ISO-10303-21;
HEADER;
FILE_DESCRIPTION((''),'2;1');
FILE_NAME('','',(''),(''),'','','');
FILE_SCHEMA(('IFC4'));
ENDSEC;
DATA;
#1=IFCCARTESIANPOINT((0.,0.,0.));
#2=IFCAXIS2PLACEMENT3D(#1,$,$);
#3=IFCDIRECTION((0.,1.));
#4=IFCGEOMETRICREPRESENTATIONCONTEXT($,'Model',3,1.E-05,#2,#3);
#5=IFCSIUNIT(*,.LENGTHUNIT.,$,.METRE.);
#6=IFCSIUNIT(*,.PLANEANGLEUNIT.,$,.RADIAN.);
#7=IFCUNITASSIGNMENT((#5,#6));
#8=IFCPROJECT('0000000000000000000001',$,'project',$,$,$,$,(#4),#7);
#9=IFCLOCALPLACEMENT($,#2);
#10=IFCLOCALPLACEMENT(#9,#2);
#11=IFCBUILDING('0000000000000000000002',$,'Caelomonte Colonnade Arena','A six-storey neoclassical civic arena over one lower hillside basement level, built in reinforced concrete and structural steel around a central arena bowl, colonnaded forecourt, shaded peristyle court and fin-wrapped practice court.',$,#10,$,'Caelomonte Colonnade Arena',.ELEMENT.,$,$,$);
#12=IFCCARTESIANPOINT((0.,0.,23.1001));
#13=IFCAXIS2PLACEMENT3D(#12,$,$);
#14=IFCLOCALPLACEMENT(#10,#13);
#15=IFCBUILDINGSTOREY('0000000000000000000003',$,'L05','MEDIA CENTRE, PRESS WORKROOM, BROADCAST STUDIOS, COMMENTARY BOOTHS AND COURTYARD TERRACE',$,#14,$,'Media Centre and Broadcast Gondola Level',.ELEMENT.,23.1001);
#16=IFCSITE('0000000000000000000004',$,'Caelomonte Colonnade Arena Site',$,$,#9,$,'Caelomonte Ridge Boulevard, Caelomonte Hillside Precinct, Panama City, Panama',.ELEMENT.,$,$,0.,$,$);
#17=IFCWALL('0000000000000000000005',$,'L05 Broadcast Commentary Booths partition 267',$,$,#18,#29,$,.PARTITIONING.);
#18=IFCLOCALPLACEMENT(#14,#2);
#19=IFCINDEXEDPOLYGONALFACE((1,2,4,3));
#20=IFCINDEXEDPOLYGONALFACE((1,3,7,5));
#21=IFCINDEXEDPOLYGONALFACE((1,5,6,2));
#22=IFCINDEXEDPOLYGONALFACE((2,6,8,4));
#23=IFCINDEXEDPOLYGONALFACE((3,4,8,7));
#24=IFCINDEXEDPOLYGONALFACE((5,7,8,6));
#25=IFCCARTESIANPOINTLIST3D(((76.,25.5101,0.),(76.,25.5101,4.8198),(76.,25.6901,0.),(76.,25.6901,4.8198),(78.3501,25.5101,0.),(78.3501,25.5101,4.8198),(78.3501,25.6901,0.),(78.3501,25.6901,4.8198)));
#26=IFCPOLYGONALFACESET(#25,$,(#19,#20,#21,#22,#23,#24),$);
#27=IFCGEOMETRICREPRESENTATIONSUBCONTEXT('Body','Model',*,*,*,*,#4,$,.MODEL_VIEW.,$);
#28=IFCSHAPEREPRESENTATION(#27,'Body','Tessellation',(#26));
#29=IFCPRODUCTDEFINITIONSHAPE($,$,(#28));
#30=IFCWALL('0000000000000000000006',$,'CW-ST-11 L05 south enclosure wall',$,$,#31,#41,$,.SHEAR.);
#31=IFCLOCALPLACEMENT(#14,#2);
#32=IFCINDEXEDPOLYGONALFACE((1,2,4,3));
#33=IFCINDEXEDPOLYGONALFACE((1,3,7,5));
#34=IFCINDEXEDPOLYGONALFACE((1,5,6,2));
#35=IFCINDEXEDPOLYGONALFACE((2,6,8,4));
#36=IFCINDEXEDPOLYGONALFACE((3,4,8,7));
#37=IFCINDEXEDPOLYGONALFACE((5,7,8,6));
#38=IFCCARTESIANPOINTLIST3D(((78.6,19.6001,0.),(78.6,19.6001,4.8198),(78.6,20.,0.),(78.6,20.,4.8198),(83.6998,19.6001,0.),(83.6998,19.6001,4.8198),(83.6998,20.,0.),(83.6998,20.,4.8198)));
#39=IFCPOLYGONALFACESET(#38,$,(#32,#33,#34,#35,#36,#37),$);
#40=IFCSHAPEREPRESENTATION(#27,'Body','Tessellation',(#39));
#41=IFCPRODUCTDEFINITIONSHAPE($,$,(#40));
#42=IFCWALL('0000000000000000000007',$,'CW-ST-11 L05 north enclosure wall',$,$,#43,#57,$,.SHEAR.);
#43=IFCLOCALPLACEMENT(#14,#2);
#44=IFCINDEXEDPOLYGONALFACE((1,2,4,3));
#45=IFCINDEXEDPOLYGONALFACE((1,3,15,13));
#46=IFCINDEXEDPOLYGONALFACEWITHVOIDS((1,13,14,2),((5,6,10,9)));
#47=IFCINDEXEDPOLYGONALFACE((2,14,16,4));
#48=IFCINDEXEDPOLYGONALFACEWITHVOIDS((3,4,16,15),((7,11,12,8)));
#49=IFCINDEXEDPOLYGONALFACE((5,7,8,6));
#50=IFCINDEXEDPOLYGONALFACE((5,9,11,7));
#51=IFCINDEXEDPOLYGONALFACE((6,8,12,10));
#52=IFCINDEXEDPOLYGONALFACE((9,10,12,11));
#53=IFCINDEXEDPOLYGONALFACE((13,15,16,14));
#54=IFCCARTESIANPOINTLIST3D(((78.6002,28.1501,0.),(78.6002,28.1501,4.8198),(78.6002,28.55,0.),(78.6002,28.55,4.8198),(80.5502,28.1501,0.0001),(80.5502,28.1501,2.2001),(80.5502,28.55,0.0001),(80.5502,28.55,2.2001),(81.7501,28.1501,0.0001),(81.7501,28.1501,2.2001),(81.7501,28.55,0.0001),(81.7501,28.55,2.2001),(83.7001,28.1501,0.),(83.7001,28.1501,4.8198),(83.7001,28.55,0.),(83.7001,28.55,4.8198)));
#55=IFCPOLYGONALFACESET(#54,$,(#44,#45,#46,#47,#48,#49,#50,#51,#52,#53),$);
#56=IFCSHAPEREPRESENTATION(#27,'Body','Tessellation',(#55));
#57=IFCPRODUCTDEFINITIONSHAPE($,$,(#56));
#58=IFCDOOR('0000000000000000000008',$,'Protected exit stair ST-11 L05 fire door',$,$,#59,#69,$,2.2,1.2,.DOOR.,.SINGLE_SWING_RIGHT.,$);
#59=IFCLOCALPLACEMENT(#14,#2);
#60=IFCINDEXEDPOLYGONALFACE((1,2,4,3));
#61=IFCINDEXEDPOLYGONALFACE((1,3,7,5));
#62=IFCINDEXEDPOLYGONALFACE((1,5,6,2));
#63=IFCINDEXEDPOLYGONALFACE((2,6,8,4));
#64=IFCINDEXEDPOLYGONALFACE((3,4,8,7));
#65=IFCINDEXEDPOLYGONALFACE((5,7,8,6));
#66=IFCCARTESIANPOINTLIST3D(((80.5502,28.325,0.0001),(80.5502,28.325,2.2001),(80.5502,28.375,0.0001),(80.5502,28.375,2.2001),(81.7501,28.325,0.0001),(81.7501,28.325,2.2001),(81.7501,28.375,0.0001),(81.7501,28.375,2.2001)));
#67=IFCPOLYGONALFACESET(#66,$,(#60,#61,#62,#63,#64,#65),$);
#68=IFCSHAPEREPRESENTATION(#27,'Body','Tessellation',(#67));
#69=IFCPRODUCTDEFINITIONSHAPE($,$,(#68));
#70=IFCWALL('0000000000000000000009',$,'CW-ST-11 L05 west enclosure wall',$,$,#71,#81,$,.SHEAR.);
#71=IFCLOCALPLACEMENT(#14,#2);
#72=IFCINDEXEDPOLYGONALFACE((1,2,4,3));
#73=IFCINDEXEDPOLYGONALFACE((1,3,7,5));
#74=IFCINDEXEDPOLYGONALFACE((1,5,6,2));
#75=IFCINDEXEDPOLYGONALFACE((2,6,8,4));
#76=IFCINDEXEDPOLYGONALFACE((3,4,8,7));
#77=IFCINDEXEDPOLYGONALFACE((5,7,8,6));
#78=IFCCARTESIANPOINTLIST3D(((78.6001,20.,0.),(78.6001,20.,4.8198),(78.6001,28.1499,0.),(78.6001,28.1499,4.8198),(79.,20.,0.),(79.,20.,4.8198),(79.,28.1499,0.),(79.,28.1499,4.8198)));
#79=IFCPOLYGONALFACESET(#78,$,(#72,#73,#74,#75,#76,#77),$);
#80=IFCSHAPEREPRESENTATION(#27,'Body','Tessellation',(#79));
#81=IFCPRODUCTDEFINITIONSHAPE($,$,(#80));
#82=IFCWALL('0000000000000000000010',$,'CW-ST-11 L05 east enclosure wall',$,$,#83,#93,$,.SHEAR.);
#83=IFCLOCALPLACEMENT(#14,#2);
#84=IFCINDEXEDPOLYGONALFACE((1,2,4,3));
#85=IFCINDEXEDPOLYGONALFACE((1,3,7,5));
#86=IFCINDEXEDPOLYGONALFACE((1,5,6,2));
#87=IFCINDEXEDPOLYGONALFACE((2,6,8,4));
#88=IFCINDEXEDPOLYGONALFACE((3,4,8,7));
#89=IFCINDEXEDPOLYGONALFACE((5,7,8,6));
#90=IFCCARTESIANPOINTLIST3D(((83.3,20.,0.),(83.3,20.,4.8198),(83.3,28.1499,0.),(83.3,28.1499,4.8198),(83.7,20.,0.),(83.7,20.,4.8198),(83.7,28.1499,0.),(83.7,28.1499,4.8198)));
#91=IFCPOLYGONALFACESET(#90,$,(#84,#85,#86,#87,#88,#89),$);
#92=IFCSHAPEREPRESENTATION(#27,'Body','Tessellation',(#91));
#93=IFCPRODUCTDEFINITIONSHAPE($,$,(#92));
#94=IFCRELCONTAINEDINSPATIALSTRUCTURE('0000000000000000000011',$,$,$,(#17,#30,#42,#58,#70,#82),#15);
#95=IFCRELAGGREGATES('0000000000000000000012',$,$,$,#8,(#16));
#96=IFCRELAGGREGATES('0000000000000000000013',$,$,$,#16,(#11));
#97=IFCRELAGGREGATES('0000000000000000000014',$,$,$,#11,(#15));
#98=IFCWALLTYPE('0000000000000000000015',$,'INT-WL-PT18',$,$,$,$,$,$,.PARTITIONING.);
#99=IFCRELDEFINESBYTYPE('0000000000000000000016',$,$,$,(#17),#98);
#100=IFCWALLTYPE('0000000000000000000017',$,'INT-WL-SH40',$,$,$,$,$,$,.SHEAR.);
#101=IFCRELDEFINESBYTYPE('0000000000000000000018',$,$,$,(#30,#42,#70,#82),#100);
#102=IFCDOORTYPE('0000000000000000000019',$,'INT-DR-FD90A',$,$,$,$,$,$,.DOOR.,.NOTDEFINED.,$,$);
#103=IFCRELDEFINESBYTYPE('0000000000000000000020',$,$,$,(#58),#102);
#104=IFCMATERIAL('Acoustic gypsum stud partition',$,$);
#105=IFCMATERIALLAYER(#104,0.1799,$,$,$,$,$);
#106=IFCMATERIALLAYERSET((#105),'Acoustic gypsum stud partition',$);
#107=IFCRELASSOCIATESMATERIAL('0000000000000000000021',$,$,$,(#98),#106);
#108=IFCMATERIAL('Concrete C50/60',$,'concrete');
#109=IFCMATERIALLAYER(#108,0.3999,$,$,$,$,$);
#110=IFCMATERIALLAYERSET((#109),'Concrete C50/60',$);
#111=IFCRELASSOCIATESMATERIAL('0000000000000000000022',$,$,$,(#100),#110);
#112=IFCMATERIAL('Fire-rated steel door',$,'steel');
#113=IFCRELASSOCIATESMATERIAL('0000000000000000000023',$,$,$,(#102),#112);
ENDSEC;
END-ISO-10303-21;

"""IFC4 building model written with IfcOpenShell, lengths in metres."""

from ifc_helpers import new_model, si_unit, direction, frame, frame_2d, origin, place, context, subcontext, project, spatial, rectangle, extrude, material, layer, layer_set, type_object, element, fill, save


model = new_model("IFC4")

# Units and contexts
model_context = context("Model", 3, precision=1e-05, world=origin(), true_north=direction((0.0, 1.0)))
body_context = subcontext(model_context, "Body", "Model", "MODEL_VIEW")
ifc_project = project(units=[si_unit("LENGTHUNIT", "METRE"), si_unit("PLANEANGLEUNIT", "RADIAN")], contexts=[model_context])

# Site, building, storey
site_placement = place(None, origin())
site = spatial("IfcSite", under=ifc_project, at=site_placement, Name="Caelomonte Colonnade Arena Site", LongName="Caelomonte Ridge Boulevard, Caelomonte Hillside Precinct, Panama City, Panama", CompositionType="ELEMENT", RefElevation=0.0)
building_placement = place(site_placement, origin())
building = spatial("IfcBuilding", under=site, at=building_placement, Name="Caelomonte Colonnade Arena", Description="A six-storey neoclassical civic arena over one lower hillside basement level, built in reinforced concrete and structural steel around a central arena bowl, colonnaded forecourt, shaded peristyle court and fin-wrapped practice court.", LongName="Caelomonte Colonnade Arena", CompositionType="ELEMENT")
storey_placement = place(building_placement, frame((0.0, 0.0, 23.1001)))
storey = spatial("IfcBuildingStorey", under=building, at=storey_placement, Name="L05", Description="MEDIA CENTRE, PRESS WORKROOM, BROADCAST STUDIOS, COMMENTARY BOOTHS AND COURTYARD TERRACE", LongName="Media Centre and Broadcast Gondola Level", CompositionType="ELEMENT", Elevation=23.1001)

# Walls
ifc_material_1 = material(Name="Acoustic gypsum stud partition")
ifc_layer_1 = layer(ifc_material_1, 0.1799)
ifc_layer_set_1 = layer_set([ifc_layer_1], Name="Acoustic gypsum stud partition")
wall_type_1 = type_object("IfcWallType", Name="INT-WL-PT18", PredefinedType="PARTITIONING", material=ifc_layer_set_1)
wall_1_placement = place(storey_placement, frame((78.3501, 25.6001, 0.0), z_axis=(0.0, 0.0, 1.0), x_axis=(-1.0, 0.0, 0.0)))
element("IfcWall", 1, at=wall_1_placement, inside=storey, type_object=wall_type_1, Name="L05 Broadcast Commentary Booths partition 267", PredefinedType="PARTITIONING", context=body_context, shape_type="SweptSolid", body=[
    extrude(rectangle(XDim=2.3501, YDim=0.1799, at=frame_2d((1.175, 0.0))), origin(), (0.0, 0.0, 1.0), 4.8198),
])
ifc_material_2 = material(Name="Concrete C50/60", Category="concrete")
ifc_layer_2 = layer(ifc_material_2, 0.3999)
ifc_layer_set_2 = layer_set([ifc_layer_2], Name="Concrete C50/60")
wall_type_2 = type_object("IfcWallType", Name="INT-WL-SH40", PredefinedType="SHEAR", material=ifc_layer_set_2)
wall_2_placement = place(storey_placement, frame((78.6001, 19.8, 0.0), z_axis=(0.0, 0.0, 1.0), x_axis=(1.0, 0.0, 0.0)))
element("IfcWall", 2, at=wall_2_placement, inside=storey, type_object=wall_type_2, Name="CW-ST-11 L05 south enclosure wall", PredefinedType="SHEAR", context=body_context, shape_type="SweptSolid", body=[
    extrude(rectangle(XDim=5.0999, YDim=0.3999, at=frame_2d((2.5498, 0.0))), origin(), (0.0, 0.0, 1.0), 4.8198),
])

# Wall, opening, door
wall_3_placement = place(storey_placement, frame((83.7, 28.3501, 0.0), z_axis=(0.0, 0.0, 1.0), x_axis=(-1.0, 0.0, 0.0)))
wall_3 = element("IfcWall", 3, at=wall_3_placement, inside=storey, type_object=wall_type_2, Name="CW-ST-11 L05 north enclosure wall", PredefinedType="SHEAR", context=body_context, shape_type="SweptSolid", body=[
    extrude(rectangle(XDim=5.0999, YDim=0.3999, at=frame_2d((2.5498, 0.0))), origin(), (0.0, 0.0, 1.0), 4.8198),
])
opening_placement = place(wall_3_placement, frame((3.1499, 0.0, 0.0), z_axis=(0.0, 0.0, 1.0), x_axis=(-1.0, 0.0, 0.0)))
opening = element("IfcOpeningElement", 4, at=opening_placement, cuts=wall_3, PredefinedType="OPENING", context=body_context, shape_type="SweptSolid", body=[
    extrude(rectangle(XDim=1.2, YDim=2.2, at=frame_2d((0.6001, 1.1001))), frame((0.0, 0.21, 0.0), z_axis=(0.0, -1.0, 0.0), x_axis=(1.0, 0.0, 0.0)), (0.0, 0.0, 1.0), 0.4199),
])
ifc_material_3 = material(Name="Fire-rated steel door", Category="steel")
door_type = type_object("IfcDoorType", Name="INT-DR-FD90A", OperationType="NOTDEFINED", PredefinedType="DOOR", material=ifc_material_3)
door_placement = place(opening_placement, origin())
door = element("IfcDoor", 5, at=door_placement, inside=storey, type_object=door_type, Name="Protected exit stair ST-11 L05 fire door", OperationType="SINGLE_SWING_RIGHT", OverallHeight=2.2, OverallWidth=1.2, PredefinedType="DOOR", context=body_context, shape_type="SweptSolid", body=[
    extrude(rectangle(XDim=1.2, YDim=2.2, at=frame_2d((0.6001, 1.1001))), frame((0.0, 0.0249, 0.0), z_axis=(0.0, -1.0, 0.0), x_axis=(1.0, 0.0, 0.0)), (0.0, 0.0, 1.0), 0.05),
])
fill(opening, door)

# Walls
for number, where, z_axis, x_axis, name in (
    (6, (78.8, 28.1499, 0.0), (0.0, 0.0, 1.0), (0.0, -1.0, 0.0), "CW-ST-11 L05 west enclosure wall"),
    (7, (83.5, 20.0, 0.0), (0.0, 0.0, 1.0), (0.0, 1.0, 0.0), "CW-ST-11 L05 east enclosure wall"),
):
    element("IfcWall", number, at=place(storey_placement, frame(where, z_axis=z_axis, x_axis=x_axis)), inside=storey, type_object=wall_type_2, Name=name, PredefinedType="SHEAR", context=body_context, shape_type="SweptSolid", body=[
        extrude(rectangle(XDim=8.1499, YDim=0.3999, at=frame_2d((4.075, 0.0))), origin(), (0.0, 0.0, 1.0), 4.8198),
    ])

save(model, "model.ifc")
